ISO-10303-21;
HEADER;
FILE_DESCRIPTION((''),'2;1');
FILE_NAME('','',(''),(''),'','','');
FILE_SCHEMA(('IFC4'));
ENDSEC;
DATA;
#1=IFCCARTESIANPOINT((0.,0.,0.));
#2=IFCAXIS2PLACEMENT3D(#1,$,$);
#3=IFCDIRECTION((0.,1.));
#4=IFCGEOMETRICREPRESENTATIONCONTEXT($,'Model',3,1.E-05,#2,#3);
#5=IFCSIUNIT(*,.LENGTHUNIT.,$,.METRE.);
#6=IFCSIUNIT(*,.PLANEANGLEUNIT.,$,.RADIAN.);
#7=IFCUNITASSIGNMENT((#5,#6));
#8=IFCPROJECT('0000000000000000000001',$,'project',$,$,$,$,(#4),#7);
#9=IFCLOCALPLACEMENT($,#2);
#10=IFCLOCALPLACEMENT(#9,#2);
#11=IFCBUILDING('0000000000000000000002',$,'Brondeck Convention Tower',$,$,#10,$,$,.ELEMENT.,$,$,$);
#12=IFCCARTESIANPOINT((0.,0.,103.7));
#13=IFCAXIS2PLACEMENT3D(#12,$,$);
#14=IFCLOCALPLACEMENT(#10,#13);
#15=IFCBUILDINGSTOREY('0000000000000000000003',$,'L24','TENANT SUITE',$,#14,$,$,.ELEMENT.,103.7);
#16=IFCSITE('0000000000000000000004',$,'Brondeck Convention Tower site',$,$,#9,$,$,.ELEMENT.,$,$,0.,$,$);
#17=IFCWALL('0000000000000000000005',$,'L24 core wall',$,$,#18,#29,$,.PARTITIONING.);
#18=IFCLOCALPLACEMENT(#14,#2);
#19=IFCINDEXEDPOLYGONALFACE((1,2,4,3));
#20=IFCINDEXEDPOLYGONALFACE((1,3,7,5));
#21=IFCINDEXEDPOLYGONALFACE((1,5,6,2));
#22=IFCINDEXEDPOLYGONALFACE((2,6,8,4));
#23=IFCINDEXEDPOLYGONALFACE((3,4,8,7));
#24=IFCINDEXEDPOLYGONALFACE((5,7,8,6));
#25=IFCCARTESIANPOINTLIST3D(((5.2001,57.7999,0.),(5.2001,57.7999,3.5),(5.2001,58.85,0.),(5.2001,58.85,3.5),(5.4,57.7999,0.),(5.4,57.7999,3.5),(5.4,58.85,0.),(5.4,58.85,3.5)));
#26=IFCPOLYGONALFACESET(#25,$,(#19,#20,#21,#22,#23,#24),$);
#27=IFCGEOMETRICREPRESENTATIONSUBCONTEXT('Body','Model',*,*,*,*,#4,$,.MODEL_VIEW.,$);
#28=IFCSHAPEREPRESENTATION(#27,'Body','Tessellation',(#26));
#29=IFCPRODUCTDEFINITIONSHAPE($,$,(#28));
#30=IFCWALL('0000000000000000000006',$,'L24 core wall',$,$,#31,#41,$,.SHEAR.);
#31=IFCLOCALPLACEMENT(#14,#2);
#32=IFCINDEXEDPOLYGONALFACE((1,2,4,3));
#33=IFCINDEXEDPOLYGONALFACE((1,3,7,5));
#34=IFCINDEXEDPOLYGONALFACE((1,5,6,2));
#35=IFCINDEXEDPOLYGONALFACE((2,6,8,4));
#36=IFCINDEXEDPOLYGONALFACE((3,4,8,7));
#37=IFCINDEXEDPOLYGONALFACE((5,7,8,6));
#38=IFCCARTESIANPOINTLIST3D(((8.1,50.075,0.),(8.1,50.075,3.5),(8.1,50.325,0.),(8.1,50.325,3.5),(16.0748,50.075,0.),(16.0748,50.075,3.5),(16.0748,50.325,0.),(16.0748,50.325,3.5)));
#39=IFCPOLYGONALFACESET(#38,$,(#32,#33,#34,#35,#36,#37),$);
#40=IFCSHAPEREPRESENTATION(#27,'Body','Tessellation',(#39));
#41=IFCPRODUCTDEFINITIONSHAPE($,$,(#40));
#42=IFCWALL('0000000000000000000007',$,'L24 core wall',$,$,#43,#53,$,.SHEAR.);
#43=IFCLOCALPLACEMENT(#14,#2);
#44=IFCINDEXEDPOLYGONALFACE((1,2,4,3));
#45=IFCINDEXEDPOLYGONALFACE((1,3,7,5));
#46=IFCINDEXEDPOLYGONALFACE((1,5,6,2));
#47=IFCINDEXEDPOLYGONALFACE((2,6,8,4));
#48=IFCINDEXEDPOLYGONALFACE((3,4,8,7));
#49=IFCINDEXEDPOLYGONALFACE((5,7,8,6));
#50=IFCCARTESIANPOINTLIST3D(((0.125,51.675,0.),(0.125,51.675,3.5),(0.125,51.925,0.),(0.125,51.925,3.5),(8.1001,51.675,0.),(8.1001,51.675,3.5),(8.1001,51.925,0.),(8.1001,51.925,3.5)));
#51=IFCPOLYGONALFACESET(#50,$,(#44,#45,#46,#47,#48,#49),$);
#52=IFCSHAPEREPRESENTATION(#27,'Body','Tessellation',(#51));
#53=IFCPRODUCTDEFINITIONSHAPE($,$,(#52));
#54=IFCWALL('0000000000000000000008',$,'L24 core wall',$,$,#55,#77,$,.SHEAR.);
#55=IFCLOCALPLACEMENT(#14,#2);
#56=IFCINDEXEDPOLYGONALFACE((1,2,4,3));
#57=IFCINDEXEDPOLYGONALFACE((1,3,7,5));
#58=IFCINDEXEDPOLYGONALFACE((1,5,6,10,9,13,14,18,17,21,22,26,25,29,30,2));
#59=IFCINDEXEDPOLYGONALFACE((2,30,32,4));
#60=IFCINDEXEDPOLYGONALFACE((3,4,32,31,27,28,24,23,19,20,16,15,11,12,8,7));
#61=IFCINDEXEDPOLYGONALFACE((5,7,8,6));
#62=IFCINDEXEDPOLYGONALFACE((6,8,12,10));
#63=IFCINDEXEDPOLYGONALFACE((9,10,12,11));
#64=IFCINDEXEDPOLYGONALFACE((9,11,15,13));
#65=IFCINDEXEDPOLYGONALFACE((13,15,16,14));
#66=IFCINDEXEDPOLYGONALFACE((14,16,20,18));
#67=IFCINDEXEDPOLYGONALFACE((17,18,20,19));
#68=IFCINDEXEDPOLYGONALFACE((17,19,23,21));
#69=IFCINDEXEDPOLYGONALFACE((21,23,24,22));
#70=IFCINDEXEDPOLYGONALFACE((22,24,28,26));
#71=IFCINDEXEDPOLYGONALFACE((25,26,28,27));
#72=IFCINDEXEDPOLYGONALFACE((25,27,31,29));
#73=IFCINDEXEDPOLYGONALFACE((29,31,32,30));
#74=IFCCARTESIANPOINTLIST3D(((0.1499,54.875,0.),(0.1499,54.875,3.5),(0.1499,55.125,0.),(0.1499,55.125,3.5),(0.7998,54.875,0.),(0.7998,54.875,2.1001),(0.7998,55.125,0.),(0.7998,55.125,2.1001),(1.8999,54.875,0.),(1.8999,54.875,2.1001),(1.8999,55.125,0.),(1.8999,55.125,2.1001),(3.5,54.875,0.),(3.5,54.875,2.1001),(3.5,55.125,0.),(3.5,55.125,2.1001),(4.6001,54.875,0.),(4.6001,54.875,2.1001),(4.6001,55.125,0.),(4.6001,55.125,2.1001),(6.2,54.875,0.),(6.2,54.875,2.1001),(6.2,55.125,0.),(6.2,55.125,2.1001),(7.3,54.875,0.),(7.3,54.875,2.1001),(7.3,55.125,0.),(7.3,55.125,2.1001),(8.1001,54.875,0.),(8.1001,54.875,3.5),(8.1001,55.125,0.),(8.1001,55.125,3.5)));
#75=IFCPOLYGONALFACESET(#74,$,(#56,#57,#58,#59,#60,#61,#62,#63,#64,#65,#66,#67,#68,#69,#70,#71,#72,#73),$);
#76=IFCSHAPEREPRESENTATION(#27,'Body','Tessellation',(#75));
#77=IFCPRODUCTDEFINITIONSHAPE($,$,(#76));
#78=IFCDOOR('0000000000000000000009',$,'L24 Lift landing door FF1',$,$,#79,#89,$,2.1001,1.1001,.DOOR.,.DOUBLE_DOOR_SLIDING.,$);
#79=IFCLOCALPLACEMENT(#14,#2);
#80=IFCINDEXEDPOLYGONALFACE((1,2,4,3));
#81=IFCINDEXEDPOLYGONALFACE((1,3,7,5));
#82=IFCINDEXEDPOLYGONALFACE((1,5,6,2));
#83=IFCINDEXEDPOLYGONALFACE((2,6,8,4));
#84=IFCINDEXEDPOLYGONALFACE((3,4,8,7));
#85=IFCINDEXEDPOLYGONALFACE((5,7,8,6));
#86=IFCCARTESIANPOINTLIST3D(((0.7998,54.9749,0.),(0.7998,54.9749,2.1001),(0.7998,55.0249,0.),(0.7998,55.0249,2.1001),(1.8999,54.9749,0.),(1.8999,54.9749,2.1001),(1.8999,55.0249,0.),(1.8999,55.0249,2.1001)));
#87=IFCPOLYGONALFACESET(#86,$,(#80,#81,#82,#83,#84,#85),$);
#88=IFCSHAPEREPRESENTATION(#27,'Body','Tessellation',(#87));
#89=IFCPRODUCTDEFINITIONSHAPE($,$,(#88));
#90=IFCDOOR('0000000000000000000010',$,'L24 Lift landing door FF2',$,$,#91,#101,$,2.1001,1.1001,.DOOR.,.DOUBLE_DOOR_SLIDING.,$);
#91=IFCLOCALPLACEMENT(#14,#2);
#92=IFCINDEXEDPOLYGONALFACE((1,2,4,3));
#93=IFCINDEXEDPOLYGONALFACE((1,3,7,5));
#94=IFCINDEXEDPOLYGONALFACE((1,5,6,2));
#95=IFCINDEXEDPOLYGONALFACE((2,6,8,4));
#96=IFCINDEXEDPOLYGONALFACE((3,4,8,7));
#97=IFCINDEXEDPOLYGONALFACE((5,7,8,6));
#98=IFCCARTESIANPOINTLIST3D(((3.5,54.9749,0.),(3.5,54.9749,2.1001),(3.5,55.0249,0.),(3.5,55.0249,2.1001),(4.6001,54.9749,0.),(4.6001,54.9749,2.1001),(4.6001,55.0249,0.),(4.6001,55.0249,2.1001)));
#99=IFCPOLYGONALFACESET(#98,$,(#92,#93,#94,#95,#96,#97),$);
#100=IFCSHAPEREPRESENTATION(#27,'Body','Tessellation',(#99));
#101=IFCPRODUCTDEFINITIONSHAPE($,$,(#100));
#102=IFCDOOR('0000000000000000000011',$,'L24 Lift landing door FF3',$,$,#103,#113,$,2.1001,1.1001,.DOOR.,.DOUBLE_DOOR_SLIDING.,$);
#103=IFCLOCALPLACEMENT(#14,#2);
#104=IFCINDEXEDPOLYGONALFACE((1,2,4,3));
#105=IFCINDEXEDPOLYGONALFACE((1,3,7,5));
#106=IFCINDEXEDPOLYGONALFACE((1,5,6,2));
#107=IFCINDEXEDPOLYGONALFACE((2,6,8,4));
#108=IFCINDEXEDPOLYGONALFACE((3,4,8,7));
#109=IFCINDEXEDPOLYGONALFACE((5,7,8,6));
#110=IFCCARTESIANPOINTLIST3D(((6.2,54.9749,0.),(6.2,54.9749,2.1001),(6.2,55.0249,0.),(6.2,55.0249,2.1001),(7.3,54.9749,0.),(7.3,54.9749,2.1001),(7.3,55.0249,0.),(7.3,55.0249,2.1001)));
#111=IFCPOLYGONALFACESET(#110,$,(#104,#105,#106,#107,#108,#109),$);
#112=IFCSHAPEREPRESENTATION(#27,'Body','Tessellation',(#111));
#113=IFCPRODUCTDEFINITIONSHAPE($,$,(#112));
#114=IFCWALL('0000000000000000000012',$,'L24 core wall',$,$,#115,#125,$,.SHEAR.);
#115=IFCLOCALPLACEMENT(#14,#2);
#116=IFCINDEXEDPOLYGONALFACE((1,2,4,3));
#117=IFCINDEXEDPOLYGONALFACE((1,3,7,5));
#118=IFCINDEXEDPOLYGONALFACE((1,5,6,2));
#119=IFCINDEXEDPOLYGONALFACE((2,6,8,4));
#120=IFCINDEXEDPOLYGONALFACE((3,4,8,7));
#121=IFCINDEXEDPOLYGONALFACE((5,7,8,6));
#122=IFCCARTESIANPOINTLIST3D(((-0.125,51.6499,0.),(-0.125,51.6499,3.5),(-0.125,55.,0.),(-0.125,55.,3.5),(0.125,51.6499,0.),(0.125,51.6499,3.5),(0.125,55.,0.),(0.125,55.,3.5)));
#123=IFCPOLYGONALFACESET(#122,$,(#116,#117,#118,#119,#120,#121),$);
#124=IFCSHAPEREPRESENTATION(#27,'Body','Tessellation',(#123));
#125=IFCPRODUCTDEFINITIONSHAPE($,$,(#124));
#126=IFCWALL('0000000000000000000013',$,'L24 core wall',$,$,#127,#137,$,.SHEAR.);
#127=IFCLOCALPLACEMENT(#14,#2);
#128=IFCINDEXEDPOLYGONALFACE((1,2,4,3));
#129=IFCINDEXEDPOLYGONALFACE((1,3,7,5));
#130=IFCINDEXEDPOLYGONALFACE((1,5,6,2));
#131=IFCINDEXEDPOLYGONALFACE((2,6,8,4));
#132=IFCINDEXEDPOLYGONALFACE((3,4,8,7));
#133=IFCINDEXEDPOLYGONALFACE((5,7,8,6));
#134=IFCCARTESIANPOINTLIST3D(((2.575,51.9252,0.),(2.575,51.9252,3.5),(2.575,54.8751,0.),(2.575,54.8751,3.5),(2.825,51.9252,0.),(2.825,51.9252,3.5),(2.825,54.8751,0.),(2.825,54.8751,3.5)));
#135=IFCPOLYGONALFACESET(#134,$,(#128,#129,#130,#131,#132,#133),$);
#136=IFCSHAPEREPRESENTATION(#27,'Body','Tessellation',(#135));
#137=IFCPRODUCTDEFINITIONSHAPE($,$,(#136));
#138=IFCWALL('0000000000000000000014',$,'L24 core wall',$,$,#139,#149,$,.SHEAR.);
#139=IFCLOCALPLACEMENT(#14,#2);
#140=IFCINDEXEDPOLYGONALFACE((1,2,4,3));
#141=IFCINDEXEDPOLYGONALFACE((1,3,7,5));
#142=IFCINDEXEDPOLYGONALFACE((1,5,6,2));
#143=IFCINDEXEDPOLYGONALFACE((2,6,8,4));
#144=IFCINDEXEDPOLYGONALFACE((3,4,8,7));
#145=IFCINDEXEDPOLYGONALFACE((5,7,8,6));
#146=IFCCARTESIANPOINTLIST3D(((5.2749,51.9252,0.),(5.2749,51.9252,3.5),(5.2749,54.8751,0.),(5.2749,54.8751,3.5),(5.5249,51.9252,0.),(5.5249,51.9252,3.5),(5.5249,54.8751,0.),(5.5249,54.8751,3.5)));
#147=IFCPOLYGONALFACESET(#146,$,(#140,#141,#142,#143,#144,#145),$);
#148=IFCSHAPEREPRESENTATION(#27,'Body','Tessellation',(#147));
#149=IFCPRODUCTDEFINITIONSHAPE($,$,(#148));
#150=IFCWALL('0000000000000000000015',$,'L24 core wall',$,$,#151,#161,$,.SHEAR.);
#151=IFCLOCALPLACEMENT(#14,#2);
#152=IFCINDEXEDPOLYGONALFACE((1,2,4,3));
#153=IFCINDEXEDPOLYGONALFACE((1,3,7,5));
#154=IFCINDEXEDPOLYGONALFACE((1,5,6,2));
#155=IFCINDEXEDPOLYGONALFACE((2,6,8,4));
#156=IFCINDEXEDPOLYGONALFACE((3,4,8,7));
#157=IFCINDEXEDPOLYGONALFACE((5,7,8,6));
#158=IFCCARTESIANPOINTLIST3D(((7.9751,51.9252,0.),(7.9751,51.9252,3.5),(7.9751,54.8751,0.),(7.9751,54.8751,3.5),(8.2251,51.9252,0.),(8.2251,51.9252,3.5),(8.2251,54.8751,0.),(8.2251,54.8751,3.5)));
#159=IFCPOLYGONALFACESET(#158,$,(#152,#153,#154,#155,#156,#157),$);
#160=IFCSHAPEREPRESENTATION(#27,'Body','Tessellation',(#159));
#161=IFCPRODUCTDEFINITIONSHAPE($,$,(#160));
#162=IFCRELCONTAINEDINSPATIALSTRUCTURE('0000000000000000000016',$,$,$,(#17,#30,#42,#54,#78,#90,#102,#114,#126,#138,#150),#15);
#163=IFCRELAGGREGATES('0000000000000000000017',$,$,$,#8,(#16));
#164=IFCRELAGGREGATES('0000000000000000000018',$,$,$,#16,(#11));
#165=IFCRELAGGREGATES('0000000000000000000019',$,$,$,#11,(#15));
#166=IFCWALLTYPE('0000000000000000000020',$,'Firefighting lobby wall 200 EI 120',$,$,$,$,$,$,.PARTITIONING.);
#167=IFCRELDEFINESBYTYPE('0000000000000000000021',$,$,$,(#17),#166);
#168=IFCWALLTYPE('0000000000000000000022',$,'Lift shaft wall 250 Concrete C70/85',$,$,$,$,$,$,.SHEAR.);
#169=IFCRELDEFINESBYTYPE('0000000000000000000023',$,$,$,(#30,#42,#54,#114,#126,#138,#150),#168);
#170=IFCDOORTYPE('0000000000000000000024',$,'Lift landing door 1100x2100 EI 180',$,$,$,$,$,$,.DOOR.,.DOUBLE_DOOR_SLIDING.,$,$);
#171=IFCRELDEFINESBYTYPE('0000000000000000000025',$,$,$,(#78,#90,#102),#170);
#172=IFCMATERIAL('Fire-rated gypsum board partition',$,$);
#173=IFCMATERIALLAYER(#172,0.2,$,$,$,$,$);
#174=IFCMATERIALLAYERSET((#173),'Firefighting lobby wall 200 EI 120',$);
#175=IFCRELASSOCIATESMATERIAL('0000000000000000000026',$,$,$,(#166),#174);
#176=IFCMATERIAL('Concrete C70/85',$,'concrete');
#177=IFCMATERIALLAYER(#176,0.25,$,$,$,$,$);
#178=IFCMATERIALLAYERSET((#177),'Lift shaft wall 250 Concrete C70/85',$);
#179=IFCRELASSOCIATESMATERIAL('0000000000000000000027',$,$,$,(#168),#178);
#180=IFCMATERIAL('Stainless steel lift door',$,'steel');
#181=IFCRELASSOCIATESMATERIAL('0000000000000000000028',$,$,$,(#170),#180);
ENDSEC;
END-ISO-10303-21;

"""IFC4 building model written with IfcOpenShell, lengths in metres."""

from ifc_helpers import new_model, si_unit, direction, frame, frame_2d, origin, place, context, subcontext, project, spatial, rectangle, extrude, material, layer, layer_set, type_object, element, fill, save


model = new_model("IFC4")

# Units and contexts
model_context = context("Model", 3, precision=1e-05, world=origin(), true_north=direction((0.0, 1.0)))
body_context = subcontext(model_context, "Body", "Model", "MODEL_VIEW")
ifc_project = project(units=[si_unit("LENGTHUNIT", "METRE"), si_unit("PLANEANGLEUNIT", "RADIAN")], contexts=[model_context])

# Site, building, storey
site_placement = place(None, origin())
site = spatial("IfcSite", under=ifc_project, at=site_placement, Name="Brondeck Convention Tower site", CompositionType="ELEMENT", RefElevation=0.0)
building_placement = place(site_placement, origin())
building = spatial("IfcBuilding", under=site, at=building_placement, Name="Brondeck Convention Tower", CompositionType="ELEMENT")
storey_placement = place(building_placement, frame((0.0, 0.0, 103.7)))
storey = spatial("IfcBuildingStorey", under=building, at=storey_placement, Name="L24", Description="TENANT SUITE", CompositionType="ELEMENT", Elevation=103.7)

# Shared definitions
ifc_material_1 = material(Name="Concrete C70/85", Category="concrete")

# Walls
ifc_material_2 = material(Name="Fire-rated gypsum board partition")
ifc_layer_1 = layer(ifc_material_2, 0.2)
ifc_layer_set_1 = layer_set([ifc_layer_1], Name="Firefighting lobby wall 200 EI 120")
wall_type_1 = type_object("IfcWallType", Name="Firefighting lobby wall 200 EI 120", PredefinedType="PARTITIONING", material=ifc_layer_set_1)
wall_1_placement = place(storey_placement, frame((5.3, 57.8, 0.0), z_axis=(0.0, 0.0, 1.0), x_axis=(0.0, 1.0, 0.0)))
element("IfcWall", 1, at=wall_1_placement, inside=storey, type_object=wall_type_1, Name="L24 core wall", PredefinedType="PARTITIONING", context=body_context, shape_type="SweptSolid", body=[
    extrude(rectangle(XDim=1.05, YDim=0.2, at=frame_2d((0.5249, 0.0))), origin(), (0.0, 0.0, 1.0), 3.5),
])
ifc_layer_2 = layer(ifc_material_1, 0.25)
ifc_layer_set_2 = layer_set([ifc_layer_2], Name="Lift shaft wall 250 Concrete C70/85")
wall_type_2 = type_object("IfcWallType", Name="Lift shaft wall 250 Concrete C70/85", PredefinedType="SHEAR", material=ifc_layer_set_2)
wall_2_placement = place(storey_placement, frame((8.1001, 50.2, 0.0), z_axis=(0.0, 0.0, 1.0), x_axis=(1.0, 0.0, 0.0)))
element("IfcWall", 2, at=wall_2_placement, inside=storey, type_object=wall_type_2, Name="L24 core wall", PredefinedType="SHEAR", context=body_context, shape_type="SweptSolid", body=[
    extrude(rectangle(XDim=7.9749, YDim=0.25, at=frame_2d((3.9873, 0.0))), origin(), (0.0, 0.0, 1.0), 3.5),
])
wall_3_placement = place(storey_placement, frame((0.125, 51.8, 0.0), z_axis=(0.0, 0.0, 1.0), x_axis=(1.0, 0.0, 0.0)))
element("IfcWall", 3, at=wall_3_placement, inside=storey, type_object=wall_type_2, Name="L24 core wall", PredefinedType="SHEAR", context=body_context, shape_type="SweptSolid", body=[
    extrude(rectangle(XDim=7.9751, YDim=0.25, at=frame_2d((3.9875, 0.0))), origin(), (0.0, 0.0, 1.0), 3.5),
])

# Wall, openings, doors
wall_4_placement = place(storey_placement, frame((0.1499, 55.0, 0.0), z_axis=(0.0, 0.0, 1.0), x_axis=(1.0, 0.0, 0.0)))
wall_4 = element("IfcWall", 4, at=wall_4_placement, inside=storey, type_object=wall_type_2, Name="L24 core wall", PredefinedType="SHEAR", context=body_context, shape_type="SweptSolid", body=[
    extrude(rectangle(XDim=7.9502, YDim=0.25, at=frame_2d((3.9751, 0.0))), origin(), (0.0, 0.0, 1.0), 3.5),
])
opening_1_placement = place(wall_4_placement, frame((0.6499, 0.0, 0.0)))
opening_1 = element("IfcOpeningElement", 5, at=opening_1_placement, cuts=wall_4, PredefinedType="OPENING", context=body_context, shape_type="SweptSolid", body=[
    extrude(rectangle(XDim=1.1001, YDim=2.1001, at=frame_2d((0.55, 1.05))), frame((0.0, 0.135, 0.0), z_axis=(0.0, -1.0, 0.0), x_axis=(1.0, 0.0, 0.0)), (0.0, 0.0, 1.0), 0.27),
])
opening_2_placement = place(wall_4_placement, frame((3.3501, 0.0, 0.0)))
opening_2 = element("IfcOpeningElement", 6, at=opening_2_placement, cuts=wall_4, PredefinedType="OPENING", context=body_context, shape_type="SweptSolid", body=[
    extrude(rectangle(XDim=1.1001, YDim=2.1001, at=frame_2d((0.55, 1.05))), frame((0.0, 0.135, 0.0), z_axis=(0.0, -1.0, 0.0), x_axis=(1.0, 0.0, 0.0)), (0.0, 0.0, 1.0), 0.27),
])
opening_3_placement = place(wall_4_placement, frame((6.05, 0.0, 0.0)))
opening_3 = element("IfcOpeningElement", 7, at=opening_3_placement, cuts=wall_4, PredefinedType="OPENING", context=body_context, shape_type="SweptSolid", body=[
    extrude(rectangle(XDim=1.1001, YDim=2.1001, at=frame_2d((0.55, 1.05))), frame((0.0, 0.135, 0.0), z_axis=(0.0, -1.0, 0.0), x_axis=(1.0, 0.0, 0.0)), (0.0, 0.0, 1.0), 0.27),
])
ifc_material_3 = material(Name="Stainless steel lift door", Category="steel")
door_type_1 = type_object("IfcDoorType", Name="Lift landing door 1100x2100 EI 180", OperationType="DOUBLE_DOOR_SLIDING", PredefinedType="DOOR", material=ifc_material_3)
door_1_placement = place(opening_1_placement, origin())
door_1 = element("IfcDoor", 8, at=door_1_placement, inside=storey, type_object=door_type_1, Name="L24 Lift landing door FF1", OperationType="DOUBLE_DOOR_SLIDING", OverallHeight=2.1001, OverallWidth=1.1001, PredefinedType="DOOR", context=body_context, shape_type="SweptSolid", body=[
    extrude(rectangle(XDim=1.1001, YDim=2.1001, at=frame_2d((0.55, 1.05))), frame((0.0, 0.0249, 0.0), z_axis=(0.0, -1.0, 0.0), x_axis=(1.0, 0.0, 0.0)), (0.0, 0.0, 1.0), 0.05),
])
fill(opening_1, door_1)
door_2_placement = place(opening_2_placement, origin())
door_2 = element("IfcDoor", 9, at=door_2_placement, inside=storey, type_object=door_type_1, Name="L24 Lift landing door FF2", OperationType="DOUBLE_DOOR_SLIDING", OverallHeight=2.1001, OverallWidth=1.1001, PredefinedType="DOOR", context=body_context, shape_type="SweptSolid", body=[
    extrude(rectangle(XDim=1.1001, YDim=2.1001, at=frame_2d((0.55, 1.05))), frame((0.0, 0.0249, 0.0), z_axis=(0.0, -1.0, 0.0), x_axis=(1.0, 0.0, 0.0)), (0.0, 0.0, 1.0), 0.05),
])
fill(opening_2, door_2)
door_3_placement = place(opening_3_placement, origin())
door_3 = element("IfcDoor", 10, at=door_3_placement, inside=storey, type_object=door_type_1, Name="L24 Lift landing door FF3", OperationType="DOUBLE_DOOR_SLIDING", OverallHeight=2.1001, OverallWidth=1.1001, PredefinedType="DOOR", context=body_context, shape_type="SweptSolid", body=[
    extrude(rectangle(XDim=1.1001, YDim=2.1001, at=frame_2d((0.55, 1.05))), frame((0.0, 0.0249, 0.0), z_axis=(0.0, -1.0, 0.0), x_axis=(1.0, 0.0, 0.0)), (0.0, 0.0, 1.0), 0.05),
])
fill(opening_3, door_3)

# Walls
wall_5_placement = place(storey_placement, frame((0.0, 51.6499, 0.0), z_axis=(0.0, 0.0, 1.0), x_axis=(0.0, 1.0, 0.0)))
element("IfcWall", 11, at=wall_5_placement, inside=storey, type_object=wall_type_2, Name="L24 core wall", PredefinedType="SHEAR", context=body_context, shape_type="SweptSolid", body=[
    extrude(rectangle(XDim=3.3501, YDim=0.25, at=frame_2d((1.675, 0.0))), origin(), (0.0, 0.0, 1.0), 3.5),
])
for number, where, z_axis, x_axis, name in (
    (12, (2.7, 51.925, 0.0), (0.0, 0.0, 1.0), (0.0, 1.0, 0.0), "L24 core wall"),
    (13, (5.3999, 51.925, 0.0), (0.0, 0.0, 1.0), (0.0, 1.0, 0.0), "L24 core wall"),
    (14, (8.1001, 51.925, 0.0), (0.0, 0.0, 1.0), (0.0, 1.0, 0.0), "L24 core wall"),
):
    element("IfcWall", number, at=place(storey_placement, frame(where, z_axis=z_axis, x_axis=x_axis)), inside=storey, type_object=wall_type_2, Name=name, PredefinedType="SHEAR", context=body_context, shape_type="SweptSolid", body=[
        extrude(rectangle(XDim=2.95, YDim=0.25, at=frame_2d((1.4751, 0.0))), origin(), (0.0, 0.0, 1.0), 3.5),
    ])

save(model, "model.ifc")
